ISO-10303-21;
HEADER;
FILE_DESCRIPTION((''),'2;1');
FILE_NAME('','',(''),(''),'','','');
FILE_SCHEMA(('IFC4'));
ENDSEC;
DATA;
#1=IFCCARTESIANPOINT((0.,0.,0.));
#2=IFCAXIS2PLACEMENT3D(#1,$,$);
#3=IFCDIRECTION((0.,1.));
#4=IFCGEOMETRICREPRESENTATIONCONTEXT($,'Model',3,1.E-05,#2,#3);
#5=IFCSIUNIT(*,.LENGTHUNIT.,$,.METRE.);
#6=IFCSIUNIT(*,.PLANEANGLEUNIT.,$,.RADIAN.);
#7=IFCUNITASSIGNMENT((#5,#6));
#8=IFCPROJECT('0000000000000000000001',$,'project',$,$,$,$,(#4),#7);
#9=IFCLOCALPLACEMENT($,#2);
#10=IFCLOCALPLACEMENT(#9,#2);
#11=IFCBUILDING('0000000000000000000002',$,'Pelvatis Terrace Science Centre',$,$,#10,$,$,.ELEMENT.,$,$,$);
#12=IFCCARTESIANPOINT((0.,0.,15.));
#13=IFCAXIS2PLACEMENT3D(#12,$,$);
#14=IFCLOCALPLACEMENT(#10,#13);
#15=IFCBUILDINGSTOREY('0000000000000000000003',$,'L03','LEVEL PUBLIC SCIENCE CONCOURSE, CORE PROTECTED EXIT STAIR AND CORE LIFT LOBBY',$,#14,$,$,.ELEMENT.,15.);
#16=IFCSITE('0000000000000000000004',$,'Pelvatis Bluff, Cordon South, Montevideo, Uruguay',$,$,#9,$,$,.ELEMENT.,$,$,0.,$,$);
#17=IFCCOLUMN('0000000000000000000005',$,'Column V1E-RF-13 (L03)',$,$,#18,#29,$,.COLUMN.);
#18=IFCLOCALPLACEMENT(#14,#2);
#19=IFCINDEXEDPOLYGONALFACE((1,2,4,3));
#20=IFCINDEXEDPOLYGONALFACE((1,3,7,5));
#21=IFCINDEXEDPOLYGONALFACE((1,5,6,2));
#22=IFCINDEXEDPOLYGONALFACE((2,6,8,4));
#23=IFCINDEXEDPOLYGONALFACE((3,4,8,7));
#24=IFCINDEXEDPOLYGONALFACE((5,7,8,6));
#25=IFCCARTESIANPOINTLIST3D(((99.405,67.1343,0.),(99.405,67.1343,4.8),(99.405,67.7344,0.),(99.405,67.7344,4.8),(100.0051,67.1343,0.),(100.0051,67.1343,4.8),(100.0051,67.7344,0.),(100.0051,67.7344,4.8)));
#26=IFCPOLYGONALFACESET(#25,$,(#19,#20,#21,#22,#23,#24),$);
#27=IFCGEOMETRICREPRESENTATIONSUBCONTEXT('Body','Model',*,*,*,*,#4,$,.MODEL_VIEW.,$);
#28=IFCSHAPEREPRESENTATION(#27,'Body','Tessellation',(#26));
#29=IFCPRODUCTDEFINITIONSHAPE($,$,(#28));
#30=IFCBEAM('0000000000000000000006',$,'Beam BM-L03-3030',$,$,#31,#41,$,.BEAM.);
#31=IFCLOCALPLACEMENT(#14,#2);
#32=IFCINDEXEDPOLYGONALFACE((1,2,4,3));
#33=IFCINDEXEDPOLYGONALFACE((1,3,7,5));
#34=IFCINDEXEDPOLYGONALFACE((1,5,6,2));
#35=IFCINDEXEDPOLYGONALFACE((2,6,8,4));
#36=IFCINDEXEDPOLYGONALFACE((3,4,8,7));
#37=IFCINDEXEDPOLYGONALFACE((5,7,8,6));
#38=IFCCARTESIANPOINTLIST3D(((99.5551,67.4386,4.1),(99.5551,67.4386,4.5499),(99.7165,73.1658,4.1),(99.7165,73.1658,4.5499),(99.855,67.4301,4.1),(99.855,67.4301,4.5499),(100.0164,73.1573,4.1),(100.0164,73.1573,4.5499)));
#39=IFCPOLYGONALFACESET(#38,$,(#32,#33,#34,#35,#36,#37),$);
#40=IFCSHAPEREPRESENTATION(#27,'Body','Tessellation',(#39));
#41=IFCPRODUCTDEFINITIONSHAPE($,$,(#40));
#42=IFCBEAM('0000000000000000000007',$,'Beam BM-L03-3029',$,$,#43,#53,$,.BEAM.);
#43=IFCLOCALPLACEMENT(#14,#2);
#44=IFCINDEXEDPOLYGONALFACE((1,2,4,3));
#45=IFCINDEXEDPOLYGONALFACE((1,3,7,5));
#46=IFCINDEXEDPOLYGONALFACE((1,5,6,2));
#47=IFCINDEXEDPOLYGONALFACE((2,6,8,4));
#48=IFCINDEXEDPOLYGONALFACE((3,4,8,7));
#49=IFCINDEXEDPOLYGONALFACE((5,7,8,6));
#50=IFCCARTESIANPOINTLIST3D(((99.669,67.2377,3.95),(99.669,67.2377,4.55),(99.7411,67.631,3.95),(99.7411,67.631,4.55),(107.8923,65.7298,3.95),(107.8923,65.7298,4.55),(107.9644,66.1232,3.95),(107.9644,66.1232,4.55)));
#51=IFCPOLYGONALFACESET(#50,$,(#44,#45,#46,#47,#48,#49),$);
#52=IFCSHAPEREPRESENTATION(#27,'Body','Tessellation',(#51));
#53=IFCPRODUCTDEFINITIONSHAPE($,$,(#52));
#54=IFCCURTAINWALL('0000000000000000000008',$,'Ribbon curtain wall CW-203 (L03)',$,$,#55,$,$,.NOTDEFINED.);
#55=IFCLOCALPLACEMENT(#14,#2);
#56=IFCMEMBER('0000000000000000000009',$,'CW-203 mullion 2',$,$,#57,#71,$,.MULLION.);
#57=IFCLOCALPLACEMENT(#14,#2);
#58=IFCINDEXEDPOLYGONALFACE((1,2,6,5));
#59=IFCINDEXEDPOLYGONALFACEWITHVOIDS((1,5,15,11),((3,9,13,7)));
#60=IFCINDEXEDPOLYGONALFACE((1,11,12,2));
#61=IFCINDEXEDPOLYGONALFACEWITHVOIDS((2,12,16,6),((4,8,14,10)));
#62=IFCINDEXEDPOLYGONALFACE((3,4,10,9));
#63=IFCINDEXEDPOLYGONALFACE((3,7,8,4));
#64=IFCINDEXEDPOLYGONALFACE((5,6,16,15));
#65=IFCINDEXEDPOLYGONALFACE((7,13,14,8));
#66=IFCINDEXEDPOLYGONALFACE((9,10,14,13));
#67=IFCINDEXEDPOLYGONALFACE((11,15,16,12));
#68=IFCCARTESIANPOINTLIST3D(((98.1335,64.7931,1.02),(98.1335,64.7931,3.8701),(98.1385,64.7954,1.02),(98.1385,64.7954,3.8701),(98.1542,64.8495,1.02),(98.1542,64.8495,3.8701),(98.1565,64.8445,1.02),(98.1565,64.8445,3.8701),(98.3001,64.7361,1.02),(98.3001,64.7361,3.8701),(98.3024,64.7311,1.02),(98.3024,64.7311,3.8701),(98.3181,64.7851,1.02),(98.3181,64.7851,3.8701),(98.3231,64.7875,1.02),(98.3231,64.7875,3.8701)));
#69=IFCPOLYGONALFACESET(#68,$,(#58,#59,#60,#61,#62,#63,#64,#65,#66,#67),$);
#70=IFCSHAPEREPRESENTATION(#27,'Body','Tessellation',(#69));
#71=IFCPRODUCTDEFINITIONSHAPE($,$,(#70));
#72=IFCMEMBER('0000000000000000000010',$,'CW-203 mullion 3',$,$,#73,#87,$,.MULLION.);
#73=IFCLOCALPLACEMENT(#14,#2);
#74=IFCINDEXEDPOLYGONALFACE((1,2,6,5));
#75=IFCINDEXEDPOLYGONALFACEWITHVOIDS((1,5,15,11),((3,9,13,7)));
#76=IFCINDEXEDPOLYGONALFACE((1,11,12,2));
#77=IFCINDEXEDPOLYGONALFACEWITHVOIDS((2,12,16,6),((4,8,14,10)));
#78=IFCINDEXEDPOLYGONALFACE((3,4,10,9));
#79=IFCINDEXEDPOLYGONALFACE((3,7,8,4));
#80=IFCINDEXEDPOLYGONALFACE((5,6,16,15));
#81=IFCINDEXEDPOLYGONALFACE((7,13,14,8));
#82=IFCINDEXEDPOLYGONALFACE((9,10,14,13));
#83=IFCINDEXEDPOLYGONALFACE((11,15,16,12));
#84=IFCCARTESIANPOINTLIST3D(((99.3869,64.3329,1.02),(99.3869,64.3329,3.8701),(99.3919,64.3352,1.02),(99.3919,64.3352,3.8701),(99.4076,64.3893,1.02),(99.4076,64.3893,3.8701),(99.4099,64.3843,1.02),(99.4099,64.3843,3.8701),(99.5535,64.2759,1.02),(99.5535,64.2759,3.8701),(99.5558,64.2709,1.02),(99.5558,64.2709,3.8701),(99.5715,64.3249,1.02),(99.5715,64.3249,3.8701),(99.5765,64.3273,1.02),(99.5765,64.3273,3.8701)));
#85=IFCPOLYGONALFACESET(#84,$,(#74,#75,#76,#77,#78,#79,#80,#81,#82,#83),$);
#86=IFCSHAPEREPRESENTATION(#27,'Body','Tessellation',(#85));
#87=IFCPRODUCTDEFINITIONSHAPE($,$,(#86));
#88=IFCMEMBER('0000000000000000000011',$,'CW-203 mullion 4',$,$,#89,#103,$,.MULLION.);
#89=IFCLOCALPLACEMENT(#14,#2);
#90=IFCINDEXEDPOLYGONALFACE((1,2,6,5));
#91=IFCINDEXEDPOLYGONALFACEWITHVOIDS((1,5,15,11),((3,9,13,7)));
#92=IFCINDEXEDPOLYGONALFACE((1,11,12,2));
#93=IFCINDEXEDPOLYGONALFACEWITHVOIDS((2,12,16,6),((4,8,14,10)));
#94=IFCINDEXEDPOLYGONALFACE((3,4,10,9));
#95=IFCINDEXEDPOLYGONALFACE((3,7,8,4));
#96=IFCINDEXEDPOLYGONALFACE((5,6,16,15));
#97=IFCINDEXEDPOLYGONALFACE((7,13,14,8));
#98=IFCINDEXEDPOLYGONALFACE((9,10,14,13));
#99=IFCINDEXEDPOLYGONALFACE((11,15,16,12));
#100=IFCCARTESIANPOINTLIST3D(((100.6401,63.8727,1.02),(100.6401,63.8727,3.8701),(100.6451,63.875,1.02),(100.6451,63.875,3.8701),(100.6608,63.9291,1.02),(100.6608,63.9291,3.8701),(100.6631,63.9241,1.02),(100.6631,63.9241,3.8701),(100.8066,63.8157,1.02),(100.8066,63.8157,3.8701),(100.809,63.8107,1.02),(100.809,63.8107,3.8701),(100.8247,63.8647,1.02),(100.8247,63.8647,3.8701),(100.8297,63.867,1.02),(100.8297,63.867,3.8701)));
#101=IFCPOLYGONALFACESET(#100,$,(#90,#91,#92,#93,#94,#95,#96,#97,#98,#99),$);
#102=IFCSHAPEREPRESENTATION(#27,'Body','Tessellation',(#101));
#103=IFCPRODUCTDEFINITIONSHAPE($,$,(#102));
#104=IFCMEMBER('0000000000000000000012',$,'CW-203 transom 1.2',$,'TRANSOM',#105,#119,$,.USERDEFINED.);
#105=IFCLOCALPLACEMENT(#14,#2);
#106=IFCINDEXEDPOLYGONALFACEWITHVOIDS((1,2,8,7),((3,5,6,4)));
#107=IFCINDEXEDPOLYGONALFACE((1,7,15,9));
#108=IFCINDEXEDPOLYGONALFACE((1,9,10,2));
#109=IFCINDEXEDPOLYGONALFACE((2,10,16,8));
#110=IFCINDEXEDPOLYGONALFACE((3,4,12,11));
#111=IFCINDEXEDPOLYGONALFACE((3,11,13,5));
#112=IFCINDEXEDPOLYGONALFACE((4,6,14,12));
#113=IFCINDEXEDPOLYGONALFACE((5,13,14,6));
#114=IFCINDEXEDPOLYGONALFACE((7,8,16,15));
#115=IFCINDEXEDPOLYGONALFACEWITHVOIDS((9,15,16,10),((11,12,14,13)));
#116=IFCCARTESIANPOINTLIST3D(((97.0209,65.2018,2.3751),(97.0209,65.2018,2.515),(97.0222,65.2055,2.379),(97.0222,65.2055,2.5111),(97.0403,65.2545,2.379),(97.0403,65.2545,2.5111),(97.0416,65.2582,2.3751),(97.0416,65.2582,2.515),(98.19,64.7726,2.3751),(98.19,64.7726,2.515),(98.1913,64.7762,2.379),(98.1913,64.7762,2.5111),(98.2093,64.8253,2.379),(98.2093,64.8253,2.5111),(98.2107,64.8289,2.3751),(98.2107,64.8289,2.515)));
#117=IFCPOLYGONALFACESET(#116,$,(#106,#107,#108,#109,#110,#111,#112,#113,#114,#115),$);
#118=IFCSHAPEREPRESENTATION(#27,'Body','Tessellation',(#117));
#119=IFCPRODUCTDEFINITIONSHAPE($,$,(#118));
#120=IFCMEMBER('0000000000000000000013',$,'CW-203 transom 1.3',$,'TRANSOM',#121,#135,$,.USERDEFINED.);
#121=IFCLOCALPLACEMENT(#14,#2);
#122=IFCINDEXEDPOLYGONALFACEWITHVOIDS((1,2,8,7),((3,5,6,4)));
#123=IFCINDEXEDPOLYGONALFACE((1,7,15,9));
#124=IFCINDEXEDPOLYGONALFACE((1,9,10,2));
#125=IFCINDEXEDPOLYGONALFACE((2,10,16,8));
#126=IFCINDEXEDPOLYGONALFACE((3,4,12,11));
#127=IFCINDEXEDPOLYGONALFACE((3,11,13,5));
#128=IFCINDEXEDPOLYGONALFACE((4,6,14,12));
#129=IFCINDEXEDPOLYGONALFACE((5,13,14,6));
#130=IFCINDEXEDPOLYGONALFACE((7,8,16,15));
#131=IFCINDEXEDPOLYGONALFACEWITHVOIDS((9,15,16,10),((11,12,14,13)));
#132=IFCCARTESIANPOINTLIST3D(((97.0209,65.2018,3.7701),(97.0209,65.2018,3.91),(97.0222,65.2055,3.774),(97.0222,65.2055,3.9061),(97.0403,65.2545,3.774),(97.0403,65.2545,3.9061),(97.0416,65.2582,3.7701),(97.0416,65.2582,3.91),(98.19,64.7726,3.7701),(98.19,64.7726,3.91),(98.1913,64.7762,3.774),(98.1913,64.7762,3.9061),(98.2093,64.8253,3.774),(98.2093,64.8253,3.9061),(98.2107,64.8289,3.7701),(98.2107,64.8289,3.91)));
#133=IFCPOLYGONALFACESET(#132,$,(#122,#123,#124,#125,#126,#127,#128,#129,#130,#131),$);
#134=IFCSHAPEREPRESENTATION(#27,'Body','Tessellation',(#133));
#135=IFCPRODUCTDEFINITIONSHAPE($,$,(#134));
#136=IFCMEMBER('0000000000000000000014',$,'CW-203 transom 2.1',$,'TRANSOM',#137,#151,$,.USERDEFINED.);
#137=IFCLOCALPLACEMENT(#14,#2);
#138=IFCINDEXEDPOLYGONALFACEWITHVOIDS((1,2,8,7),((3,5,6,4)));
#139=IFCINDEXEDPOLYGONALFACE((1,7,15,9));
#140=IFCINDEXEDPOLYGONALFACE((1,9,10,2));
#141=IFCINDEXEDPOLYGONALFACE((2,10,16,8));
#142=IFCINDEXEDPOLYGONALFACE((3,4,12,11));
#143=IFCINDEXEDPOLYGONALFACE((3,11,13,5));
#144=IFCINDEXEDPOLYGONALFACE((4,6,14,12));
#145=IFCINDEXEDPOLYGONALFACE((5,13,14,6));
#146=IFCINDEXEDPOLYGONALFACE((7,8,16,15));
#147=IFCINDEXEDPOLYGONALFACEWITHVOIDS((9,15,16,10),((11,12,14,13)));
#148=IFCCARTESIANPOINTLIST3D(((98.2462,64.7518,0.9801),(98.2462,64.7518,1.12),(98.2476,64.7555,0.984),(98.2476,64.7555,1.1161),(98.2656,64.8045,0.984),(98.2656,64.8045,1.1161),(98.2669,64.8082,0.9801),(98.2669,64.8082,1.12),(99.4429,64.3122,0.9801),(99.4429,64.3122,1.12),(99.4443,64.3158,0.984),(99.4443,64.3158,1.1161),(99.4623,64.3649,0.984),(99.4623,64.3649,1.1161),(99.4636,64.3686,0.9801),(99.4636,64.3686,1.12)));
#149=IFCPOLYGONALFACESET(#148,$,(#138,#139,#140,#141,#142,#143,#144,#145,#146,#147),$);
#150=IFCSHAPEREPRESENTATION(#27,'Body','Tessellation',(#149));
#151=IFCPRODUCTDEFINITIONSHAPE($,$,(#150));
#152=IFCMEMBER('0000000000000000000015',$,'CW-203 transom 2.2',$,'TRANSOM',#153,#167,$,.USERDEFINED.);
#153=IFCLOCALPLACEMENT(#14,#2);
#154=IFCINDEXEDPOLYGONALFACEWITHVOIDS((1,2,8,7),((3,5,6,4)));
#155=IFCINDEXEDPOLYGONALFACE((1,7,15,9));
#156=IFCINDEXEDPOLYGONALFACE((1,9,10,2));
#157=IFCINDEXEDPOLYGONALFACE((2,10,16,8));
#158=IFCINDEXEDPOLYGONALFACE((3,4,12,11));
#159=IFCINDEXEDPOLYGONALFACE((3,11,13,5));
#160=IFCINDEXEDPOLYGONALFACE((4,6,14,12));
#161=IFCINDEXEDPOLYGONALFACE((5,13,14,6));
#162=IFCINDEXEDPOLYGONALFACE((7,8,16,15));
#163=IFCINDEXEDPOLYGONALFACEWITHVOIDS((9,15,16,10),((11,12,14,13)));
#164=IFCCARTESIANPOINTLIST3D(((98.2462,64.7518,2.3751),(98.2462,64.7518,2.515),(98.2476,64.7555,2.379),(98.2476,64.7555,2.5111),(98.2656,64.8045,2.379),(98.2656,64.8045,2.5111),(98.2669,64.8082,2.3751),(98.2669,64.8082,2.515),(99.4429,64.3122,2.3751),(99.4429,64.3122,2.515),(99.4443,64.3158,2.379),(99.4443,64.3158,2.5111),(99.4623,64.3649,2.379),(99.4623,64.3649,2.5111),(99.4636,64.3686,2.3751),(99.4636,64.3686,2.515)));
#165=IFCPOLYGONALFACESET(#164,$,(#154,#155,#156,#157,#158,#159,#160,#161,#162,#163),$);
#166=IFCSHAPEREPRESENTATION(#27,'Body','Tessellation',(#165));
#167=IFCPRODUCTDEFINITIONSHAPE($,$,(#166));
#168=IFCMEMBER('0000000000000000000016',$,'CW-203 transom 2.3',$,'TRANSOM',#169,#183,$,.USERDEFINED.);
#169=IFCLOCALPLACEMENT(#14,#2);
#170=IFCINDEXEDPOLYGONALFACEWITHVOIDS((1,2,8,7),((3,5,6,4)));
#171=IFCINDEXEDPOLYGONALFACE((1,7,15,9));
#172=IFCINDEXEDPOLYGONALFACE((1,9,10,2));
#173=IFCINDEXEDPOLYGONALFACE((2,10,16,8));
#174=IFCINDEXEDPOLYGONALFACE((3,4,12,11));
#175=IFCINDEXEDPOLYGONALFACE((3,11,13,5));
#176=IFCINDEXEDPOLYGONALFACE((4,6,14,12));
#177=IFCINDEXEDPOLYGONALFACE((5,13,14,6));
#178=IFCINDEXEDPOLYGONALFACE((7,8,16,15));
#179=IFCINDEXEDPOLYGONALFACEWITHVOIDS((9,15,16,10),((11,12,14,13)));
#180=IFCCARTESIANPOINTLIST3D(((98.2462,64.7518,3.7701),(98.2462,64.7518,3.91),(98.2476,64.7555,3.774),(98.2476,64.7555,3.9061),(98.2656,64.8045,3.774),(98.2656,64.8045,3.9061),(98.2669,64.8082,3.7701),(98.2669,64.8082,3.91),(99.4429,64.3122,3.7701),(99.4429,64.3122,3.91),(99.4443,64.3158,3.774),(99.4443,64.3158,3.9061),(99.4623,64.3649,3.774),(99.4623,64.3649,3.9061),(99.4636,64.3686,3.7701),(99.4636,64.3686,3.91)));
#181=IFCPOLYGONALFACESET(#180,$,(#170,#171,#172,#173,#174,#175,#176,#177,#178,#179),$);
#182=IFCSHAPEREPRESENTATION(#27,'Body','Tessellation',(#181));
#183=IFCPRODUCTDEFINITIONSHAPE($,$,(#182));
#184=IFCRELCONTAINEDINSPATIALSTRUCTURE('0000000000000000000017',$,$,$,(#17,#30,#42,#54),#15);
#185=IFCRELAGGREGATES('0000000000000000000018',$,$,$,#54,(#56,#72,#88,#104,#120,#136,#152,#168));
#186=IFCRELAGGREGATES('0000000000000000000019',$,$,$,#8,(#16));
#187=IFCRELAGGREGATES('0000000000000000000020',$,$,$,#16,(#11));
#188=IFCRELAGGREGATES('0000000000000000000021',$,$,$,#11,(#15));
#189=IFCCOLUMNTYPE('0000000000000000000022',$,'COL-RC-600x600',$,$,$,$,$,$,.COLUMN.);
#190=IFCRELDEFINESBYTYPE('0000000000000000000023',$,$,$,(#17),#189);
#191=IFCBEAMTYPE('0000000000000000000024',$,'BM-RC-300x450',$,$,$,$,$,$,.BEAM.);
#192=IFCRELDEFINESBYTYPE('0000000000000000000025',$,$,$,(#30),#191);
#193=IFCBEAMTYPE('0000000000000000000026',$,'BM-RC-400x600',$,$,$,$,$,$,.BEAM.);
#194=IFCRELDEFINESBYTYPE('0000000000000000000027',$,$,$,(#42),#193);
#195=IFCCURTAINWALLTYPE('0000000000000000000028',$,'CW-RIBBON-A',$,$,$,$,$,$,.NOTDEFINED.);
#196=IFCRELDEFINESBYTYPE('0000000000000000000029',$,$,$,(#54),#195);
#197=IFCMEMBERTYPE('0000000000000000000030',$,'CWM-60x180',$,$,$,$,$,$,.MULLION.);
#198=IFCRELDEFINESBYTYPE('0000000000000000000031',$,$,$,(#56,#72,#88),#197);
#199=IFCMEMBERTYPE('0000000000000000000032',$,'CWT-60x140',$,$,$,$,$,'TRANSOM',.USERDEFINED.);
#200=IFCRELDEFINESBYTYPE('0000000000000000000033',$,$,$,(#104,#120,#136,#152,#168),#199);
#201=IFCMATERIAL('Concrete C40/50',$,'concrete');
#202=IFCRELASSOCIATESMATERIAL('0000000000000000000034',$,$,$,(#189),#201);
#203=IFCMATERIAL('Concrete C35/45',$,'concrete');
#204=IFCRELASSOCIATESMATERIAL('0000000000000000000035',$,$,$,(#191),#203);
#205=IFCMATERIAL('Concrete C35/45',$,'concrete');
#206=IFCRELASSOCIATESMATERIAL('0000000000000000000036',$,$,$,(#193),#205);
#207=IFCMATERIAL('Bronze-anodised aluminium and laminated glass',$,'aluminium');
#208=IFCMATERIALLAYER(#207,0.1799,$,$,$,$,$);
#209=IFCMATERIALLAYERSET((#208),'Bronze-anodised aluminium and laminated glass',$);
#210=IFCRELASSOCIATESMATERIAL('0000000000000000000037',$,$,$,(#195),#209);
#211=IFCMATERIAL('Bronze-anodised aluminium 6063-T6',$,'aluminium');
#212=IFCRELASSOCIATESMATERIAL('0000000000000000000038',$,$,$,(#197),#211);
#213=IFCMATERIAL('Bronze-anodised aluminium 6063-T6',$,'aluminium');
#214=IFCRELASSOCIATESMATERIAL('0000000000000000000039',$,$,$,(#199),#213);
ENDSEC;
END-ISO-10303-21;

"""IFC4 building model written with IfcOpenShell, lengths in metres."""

from ifc_helpers import new_model, si_unit, direction, frame, origin, origin_2d, place, context, subcontext, project, spatial, rectangle, hollow_rectangle, extrude, material, layer, layer_set, material_profile, profile_set, type_object, element, aggregate, save


model = new_model("IFC4")

# Units and contexts
model_context = context("Model", 3, precision=1e-05, world=origin(), true_north=direction((0.0, 1.0)))
body_context = subcontext(model_context, "Body", "Model", "MODEL_VIEW")
ifc_project = project(units=[si_unit("LENGTHUNIT", "METRE"), si_unit("PLANEANGLEUNIT", "RADIAN")], contexts=[model_context])

# Site, building, storey
site_placement = place(None, origin())
site = spatial("IfcSite", under=ifc_project, at=site_placement, Name="Pelvatis Bluff, Cordon South, Montevideo, Uruguay", CompositionType="ELEMENT", RefElevation=0.0)
building_placement = place(site_placement, origin())
building = spatial("IfcBuilding", under=site, at=building_placement, Name="Pelvatis Terrace Science Centre", CompositionType="ELEMENT")
storey_placement = place(building_placement, frame((0.0, 0.0, 15.0)))
storey = spatial("IfcBuildingStorey", under=building, at=storey_placement, Name="L03", Description="LEVEL PUBLIC SCIENCE CONCOURSE, CORE PROTECTED EXIT STAIR AND CORE LIFT LOBBY", CompositionType="ELEMENT", Elevation=15.0)

# Column
ifc_material_1 = material(Name="Concrete C40/50", Category="concrete")
ifc_material_profile_1 = material_profile(ifc_material_1, rectangle(XDim=0.6001, YDim=0.6001, at=origin_2d()), Name="RC-COL 600x600")
ifc_profile_set_1 = profile_set([ifc_material_profile_1], Name="Concrete C40/50")
column_type = type_object("IfcColumnType", Name="COL-RC-600x600", PredefinedType="COLUMN", material=ifc_profile_set_1)
column_placement = place(storey_placement, frame((99.7051, 67.4343, 0.0), z_axis=(0.0, 0.0, 1.0), x_axis=(1.0, 0.0, 0.0)))
element("IfcColumn", 1, at=column_placement, inside=storey, type_object=column_type, Name="Column V1E-RF-13 (L03)", PredefinedType="COLUMN", context=body_context, shape_type="SweptSolid", body=[
    extrude(rectangle(XDim=0.6001, YDim=0.6001, at=origin_2d()), origin(), (0.0, 0.0, 1.0), 4.8),
])

# Beams
ifc_material_2 = material(Name="Concrete C35/45", Category="concrete")
ifc_material_profile_2 = material_profile(ifc_material_2, rectangle(XDim=0.3, YDim=0.45, at=origin_2d()), Name="RC-BM 300x450")
ifc_profile_set_2 = profile_set([ifc_material_profile_2], Name="Concrete C35/45")
beam_type_1 = type_object("IfcBeamType", Name="BM-RC-300x450", PredefinedType="BEAM", material=ifc_profile_set_2)
beam_1_placement = place(storey_placement, frame((99.7051, 67.4343, 4.325), z_axis=(0.028166, 0.999603, 0.0), x_axis=(-0.999603, 0.028166, 0.0)))
element("IfcBeam", 2, at=beam_1_placement, inside=storey, type_object=beam_type_1, Name="Beam BM-L03-3030", PredefinedType="BEAM", context=body_context, shape_type="SweptSolid", body=[
    extrude(rectangle(XDim=0.3, YDim=0.45, at=origin_2d()), origin(), (0.0, 0.0, 1.0), 5.7295),
])
ifc_material_3 = material(Name="Concrete C35/45", Category="concrete")
ifc_material_profile_3 = material_profile(ifc_material_3, rectangle(XDim=0.3999, YDim=0.6001, at=origin_2d()), Name="RC-BM 400x600")
ifc_profile_set_3 = profile_set([ifc_material_profile_3], Name="Concrete C35/45")
beam_type_2 = type_object("IfcBeamType", Name="BM-RC-400x600", PredefinedType="BEAM", material=ifc_profile_set_3)
beam_2_placement = place(storey_placement, frame((99.7051, 67.4343, 4.25), z_axis=(0.983602, -0.180355, 0.0), x_axis=(0.180355, 0.983602, 0.0)))
element("IfcBeam", 3, at=beam_2_placement, inside=storey, type_object=beam_type_2, Name="Beam BM-L03-3029", PredefinedType="BEAM", context=body_context, shape_type="SweptSolid", body=[
    extrude(rectangle(XDim=0.3999, YDim=0.6001, at=origin_2d()), origin(), (0.0, 0.0, 1.0), 8.3604),
])

# Curtain wall, members
ifc_material_4 = material(Name="Bronze-anodised aluminium and laminated glass", Category="aluminium")
ifc_layer_1 = layer(ifc_material_4, 0.1799)
ifc_layer_set_1 = layer_set([ifc_layer_1], Name="Bronze-anodised aluminium and laminated glass")
curtain_wall_type = type_object("IfcCurtainWallType", Name="CW-RIBBON-A", PredefinedType="NOTDEFINED", material=ifc_layer_set_1)
curtain_wall_placement = place(storey_placement, origin())
curtain_wall = element("IfcCurtainWall", 4, at=curtain_wall_placement, inside=storey, type_object=curtain_wall_type, Name="Ribbon curtain wall CW-203 (L03)", PredefinedType="NOTDEFINED")
ifc_material_5 = material(Name="Bronze-anodised aluminium 6063-T6", Category="aluminium")
ifc_material_profile_4 = material_profile(ifc_material_5, hollow_rectangle(XDim=0.0601, YDim=0.1799, WallThickness=0.0039, at=origin_2d()), Name="ALU-MUL 60x180")
ifc_profile_set_4 = profile_set([ifc_material_profile_4], Name="Bronze-anodised aluminium 6063-T6")
member_type_1 = type_object("IfcMemberType", Name="CWM-60x180", PredefinedType="MULLION", material=ifc_profile_set_4)
member_1_placement = place(storey_placement, frame((98.2283, 64.7903, 1.02), z_axis=(0.0, 0.0, 1.0), x_axis=(0.344715, 0.938707, 0.0)))
member_1 = element("IfcMember", 5, at=member_1_placement, type_object=member_type_1, Name="CW-203 mullion 2", PredefinedType="MULLION", context=body_context, shape_type="SweptSolid", body=[
    extrude(hollow_rectangle(XDim=0.0601, YDim=0.1799, WallThickness=0.0039, at=origin_2d()), origin(), (0.0, 0.0, 1.0), 2.8501),
])
member_2_placement = place(storey_placement, frame((99.4817, 64.3301, 1.02), z_axis=(0.0, 0.0, 1.0), x_axis=(0.344715, 0.938707, 0.0)))
member_2 = element("IfcMember", 6, at=member_2_placement, type_object=member_type_1, Name="CW-203 mullion 3", PredefinedType="MULLION", context=body_context, shape_type="SweptSolid", body=[
    extrude(hollow_rectangle(XDim=0.0601, YDim=0.1799, WallThickness=0.0039, at=origin_2d()), origin(), (0.0, 0.0, 1.0), 2.8501),
])
member_3_placement = place(storey_placement, frame((100.7349, 63.8699, 1.02), z_axis=(0.0, 0.0, 1.0), x_axis=(0.344715, 0.938707, 0.0)))
member_3 = element("IfcMember", 7, at=member_3_placement, type_object=member_type_1, Name="CW-203 mullion 4", PredefinedType="MULLION", context=body_context, shape_type="SweptSolid", body=[
    extrude(hollow_rectangle(XDim=0.0601, YDim=0.1799, WallThickness=0.0039, at=origin_2d()), origin(), (0.0, 0.0, 1.0), 2.8501),
])
ifc_material_6 = material(Name="Bronze-anodised aluminium 6063-T6", Category="aluminium")
ifc_material_profile_5 = material_profile(ifc_material_6, hollow_rectangle(XDim=0.0601, YDim=0.1399, WallThickness=0.0039, at=origin_2d()), Name="ALU-TRN 60x140")
ifc_profile_set_5 = profile_set([ifc_material_profile_5], Name="Bronze-anodised aluminium 6063-T6")
member_type_2 = type_object("IfcMemberType", Name="CWT-60x140", ElementType="TRANSOM", PredefinedType="USERDEFINED", material=ifc_profile_set_5)
member_4_placement = place(storey_placement, frame((97.0312, 65.23, 2.4451), z_axis=(0.938724, -0.344669, 0.0), x_axis=(0.344669, 0.938724, 0.0)))
member_4 = element("IfcMember", 8, at=member_4_placement, type_object=member_type_2, Name="CW-203 transom 1.2", ObjectType="TRANSOM", PredefinedType="USERDEFINED", context=body_context, shape_type="SweptSolid", body=[
    extrude(hollow_rectangle(XDim=0.0601, YDim=0.1399, WallThickness=0.0039, at=origin_2d()), origin(), (0.0, 0.0, 1.0), 1.2454),
])
member_5_placement = place(storey_placement, frame((97.0312, 65.23, 3.8401), z_axis=(0.938724, -0.344669, 0.0), x_axis=(0.344669, 0.938724, 0.0)))
member_5 = element("IfcMember", 9, at=member_5_placement, type_object=member_type_2, Name="CW-203 transom 1.3", ObjectType="TRANSOM", PredefinedType="USERDEFINED", context=body_context, shape_type="SweptSolid", body=[
    extrude(hollow_rectangle(XDim=0.0601, YDim=0.1399, WallThickness=0.0039, at=origin_2d()), origin(), (0.0, 0.0, 1.0), 1.2454),
])
member_6_placement = place(storey_placement, frame((98.2566, 64.78, 1.05), z_axis=(0.938653, -0.344862, 0.0), x_axis=(0.344862, 0.938653, 0.0)))
member_6 = element("IfcMember", 10, at=member_6_placement, type_object=member_type_2, Name="CW-203 transom 2.1", ObjectType="TRANSOM", PredefinedType="USERDEFINED", context=body_context, shape_type="SweptSolid", body=[
    extrude(hollow_rectangle(XDim=0.0601, YDim=0.1399, WallThickness=0.0039, at=origin_2d()), origin(), (0.0, 0.0, 1.0), 1.2749),
])
member_7_placement = place(storey_placement, frame((98.2566, 64.78, 2.4451), z_axis=(0.938653, -0.344862, 0.0), x_axis=(0.344862, 0.938653, 0.0)))
member_7 = element("IfcMember", 11, at=member_7_placement, type_object=member_type_2, Name="CW-203 transom 2.2", ObjectType="TRANSOM", PredefinedType="USERDEFINED", context=body_context, shape_type="SweptSolid", body=[
    extrude(hollow_rectangle(XDim=0.0601, YDim=0.1399, WallThickness=0.0039, at=origin_2d()), origin(), (0.0, 0.0, 1.0), 1.2749),
])
member_8_placement = place(storey_placement, frame((98.2566, 64.78, 3.8401), z_axis=(0.938653, -0.344862, 0.0), x_axis=(0.344862, 0.938653, 0.0)))
member_8 = element("IfcMember", 12, at=member_8_placement, type_object=member_type_2, Name="CW-203 transom 2.3", ObjectType="TRANSOM", PredefinedType="USERDEFINED", context=body_context, shape_type="SweptSolid", body=[
    extrude(hollow_rectangle(XDim=0.0601, YDim=0.1399, WallThickness=0.0039, at=origin_2d()), origin(), (0.0, 0.0, 1.0), 1.2749),
])
aggregate(curtain_wall, [member_1, member_2, member_3, member_4, member_5, member_6, member_7, member_8])

save(model, "model.ifc")
